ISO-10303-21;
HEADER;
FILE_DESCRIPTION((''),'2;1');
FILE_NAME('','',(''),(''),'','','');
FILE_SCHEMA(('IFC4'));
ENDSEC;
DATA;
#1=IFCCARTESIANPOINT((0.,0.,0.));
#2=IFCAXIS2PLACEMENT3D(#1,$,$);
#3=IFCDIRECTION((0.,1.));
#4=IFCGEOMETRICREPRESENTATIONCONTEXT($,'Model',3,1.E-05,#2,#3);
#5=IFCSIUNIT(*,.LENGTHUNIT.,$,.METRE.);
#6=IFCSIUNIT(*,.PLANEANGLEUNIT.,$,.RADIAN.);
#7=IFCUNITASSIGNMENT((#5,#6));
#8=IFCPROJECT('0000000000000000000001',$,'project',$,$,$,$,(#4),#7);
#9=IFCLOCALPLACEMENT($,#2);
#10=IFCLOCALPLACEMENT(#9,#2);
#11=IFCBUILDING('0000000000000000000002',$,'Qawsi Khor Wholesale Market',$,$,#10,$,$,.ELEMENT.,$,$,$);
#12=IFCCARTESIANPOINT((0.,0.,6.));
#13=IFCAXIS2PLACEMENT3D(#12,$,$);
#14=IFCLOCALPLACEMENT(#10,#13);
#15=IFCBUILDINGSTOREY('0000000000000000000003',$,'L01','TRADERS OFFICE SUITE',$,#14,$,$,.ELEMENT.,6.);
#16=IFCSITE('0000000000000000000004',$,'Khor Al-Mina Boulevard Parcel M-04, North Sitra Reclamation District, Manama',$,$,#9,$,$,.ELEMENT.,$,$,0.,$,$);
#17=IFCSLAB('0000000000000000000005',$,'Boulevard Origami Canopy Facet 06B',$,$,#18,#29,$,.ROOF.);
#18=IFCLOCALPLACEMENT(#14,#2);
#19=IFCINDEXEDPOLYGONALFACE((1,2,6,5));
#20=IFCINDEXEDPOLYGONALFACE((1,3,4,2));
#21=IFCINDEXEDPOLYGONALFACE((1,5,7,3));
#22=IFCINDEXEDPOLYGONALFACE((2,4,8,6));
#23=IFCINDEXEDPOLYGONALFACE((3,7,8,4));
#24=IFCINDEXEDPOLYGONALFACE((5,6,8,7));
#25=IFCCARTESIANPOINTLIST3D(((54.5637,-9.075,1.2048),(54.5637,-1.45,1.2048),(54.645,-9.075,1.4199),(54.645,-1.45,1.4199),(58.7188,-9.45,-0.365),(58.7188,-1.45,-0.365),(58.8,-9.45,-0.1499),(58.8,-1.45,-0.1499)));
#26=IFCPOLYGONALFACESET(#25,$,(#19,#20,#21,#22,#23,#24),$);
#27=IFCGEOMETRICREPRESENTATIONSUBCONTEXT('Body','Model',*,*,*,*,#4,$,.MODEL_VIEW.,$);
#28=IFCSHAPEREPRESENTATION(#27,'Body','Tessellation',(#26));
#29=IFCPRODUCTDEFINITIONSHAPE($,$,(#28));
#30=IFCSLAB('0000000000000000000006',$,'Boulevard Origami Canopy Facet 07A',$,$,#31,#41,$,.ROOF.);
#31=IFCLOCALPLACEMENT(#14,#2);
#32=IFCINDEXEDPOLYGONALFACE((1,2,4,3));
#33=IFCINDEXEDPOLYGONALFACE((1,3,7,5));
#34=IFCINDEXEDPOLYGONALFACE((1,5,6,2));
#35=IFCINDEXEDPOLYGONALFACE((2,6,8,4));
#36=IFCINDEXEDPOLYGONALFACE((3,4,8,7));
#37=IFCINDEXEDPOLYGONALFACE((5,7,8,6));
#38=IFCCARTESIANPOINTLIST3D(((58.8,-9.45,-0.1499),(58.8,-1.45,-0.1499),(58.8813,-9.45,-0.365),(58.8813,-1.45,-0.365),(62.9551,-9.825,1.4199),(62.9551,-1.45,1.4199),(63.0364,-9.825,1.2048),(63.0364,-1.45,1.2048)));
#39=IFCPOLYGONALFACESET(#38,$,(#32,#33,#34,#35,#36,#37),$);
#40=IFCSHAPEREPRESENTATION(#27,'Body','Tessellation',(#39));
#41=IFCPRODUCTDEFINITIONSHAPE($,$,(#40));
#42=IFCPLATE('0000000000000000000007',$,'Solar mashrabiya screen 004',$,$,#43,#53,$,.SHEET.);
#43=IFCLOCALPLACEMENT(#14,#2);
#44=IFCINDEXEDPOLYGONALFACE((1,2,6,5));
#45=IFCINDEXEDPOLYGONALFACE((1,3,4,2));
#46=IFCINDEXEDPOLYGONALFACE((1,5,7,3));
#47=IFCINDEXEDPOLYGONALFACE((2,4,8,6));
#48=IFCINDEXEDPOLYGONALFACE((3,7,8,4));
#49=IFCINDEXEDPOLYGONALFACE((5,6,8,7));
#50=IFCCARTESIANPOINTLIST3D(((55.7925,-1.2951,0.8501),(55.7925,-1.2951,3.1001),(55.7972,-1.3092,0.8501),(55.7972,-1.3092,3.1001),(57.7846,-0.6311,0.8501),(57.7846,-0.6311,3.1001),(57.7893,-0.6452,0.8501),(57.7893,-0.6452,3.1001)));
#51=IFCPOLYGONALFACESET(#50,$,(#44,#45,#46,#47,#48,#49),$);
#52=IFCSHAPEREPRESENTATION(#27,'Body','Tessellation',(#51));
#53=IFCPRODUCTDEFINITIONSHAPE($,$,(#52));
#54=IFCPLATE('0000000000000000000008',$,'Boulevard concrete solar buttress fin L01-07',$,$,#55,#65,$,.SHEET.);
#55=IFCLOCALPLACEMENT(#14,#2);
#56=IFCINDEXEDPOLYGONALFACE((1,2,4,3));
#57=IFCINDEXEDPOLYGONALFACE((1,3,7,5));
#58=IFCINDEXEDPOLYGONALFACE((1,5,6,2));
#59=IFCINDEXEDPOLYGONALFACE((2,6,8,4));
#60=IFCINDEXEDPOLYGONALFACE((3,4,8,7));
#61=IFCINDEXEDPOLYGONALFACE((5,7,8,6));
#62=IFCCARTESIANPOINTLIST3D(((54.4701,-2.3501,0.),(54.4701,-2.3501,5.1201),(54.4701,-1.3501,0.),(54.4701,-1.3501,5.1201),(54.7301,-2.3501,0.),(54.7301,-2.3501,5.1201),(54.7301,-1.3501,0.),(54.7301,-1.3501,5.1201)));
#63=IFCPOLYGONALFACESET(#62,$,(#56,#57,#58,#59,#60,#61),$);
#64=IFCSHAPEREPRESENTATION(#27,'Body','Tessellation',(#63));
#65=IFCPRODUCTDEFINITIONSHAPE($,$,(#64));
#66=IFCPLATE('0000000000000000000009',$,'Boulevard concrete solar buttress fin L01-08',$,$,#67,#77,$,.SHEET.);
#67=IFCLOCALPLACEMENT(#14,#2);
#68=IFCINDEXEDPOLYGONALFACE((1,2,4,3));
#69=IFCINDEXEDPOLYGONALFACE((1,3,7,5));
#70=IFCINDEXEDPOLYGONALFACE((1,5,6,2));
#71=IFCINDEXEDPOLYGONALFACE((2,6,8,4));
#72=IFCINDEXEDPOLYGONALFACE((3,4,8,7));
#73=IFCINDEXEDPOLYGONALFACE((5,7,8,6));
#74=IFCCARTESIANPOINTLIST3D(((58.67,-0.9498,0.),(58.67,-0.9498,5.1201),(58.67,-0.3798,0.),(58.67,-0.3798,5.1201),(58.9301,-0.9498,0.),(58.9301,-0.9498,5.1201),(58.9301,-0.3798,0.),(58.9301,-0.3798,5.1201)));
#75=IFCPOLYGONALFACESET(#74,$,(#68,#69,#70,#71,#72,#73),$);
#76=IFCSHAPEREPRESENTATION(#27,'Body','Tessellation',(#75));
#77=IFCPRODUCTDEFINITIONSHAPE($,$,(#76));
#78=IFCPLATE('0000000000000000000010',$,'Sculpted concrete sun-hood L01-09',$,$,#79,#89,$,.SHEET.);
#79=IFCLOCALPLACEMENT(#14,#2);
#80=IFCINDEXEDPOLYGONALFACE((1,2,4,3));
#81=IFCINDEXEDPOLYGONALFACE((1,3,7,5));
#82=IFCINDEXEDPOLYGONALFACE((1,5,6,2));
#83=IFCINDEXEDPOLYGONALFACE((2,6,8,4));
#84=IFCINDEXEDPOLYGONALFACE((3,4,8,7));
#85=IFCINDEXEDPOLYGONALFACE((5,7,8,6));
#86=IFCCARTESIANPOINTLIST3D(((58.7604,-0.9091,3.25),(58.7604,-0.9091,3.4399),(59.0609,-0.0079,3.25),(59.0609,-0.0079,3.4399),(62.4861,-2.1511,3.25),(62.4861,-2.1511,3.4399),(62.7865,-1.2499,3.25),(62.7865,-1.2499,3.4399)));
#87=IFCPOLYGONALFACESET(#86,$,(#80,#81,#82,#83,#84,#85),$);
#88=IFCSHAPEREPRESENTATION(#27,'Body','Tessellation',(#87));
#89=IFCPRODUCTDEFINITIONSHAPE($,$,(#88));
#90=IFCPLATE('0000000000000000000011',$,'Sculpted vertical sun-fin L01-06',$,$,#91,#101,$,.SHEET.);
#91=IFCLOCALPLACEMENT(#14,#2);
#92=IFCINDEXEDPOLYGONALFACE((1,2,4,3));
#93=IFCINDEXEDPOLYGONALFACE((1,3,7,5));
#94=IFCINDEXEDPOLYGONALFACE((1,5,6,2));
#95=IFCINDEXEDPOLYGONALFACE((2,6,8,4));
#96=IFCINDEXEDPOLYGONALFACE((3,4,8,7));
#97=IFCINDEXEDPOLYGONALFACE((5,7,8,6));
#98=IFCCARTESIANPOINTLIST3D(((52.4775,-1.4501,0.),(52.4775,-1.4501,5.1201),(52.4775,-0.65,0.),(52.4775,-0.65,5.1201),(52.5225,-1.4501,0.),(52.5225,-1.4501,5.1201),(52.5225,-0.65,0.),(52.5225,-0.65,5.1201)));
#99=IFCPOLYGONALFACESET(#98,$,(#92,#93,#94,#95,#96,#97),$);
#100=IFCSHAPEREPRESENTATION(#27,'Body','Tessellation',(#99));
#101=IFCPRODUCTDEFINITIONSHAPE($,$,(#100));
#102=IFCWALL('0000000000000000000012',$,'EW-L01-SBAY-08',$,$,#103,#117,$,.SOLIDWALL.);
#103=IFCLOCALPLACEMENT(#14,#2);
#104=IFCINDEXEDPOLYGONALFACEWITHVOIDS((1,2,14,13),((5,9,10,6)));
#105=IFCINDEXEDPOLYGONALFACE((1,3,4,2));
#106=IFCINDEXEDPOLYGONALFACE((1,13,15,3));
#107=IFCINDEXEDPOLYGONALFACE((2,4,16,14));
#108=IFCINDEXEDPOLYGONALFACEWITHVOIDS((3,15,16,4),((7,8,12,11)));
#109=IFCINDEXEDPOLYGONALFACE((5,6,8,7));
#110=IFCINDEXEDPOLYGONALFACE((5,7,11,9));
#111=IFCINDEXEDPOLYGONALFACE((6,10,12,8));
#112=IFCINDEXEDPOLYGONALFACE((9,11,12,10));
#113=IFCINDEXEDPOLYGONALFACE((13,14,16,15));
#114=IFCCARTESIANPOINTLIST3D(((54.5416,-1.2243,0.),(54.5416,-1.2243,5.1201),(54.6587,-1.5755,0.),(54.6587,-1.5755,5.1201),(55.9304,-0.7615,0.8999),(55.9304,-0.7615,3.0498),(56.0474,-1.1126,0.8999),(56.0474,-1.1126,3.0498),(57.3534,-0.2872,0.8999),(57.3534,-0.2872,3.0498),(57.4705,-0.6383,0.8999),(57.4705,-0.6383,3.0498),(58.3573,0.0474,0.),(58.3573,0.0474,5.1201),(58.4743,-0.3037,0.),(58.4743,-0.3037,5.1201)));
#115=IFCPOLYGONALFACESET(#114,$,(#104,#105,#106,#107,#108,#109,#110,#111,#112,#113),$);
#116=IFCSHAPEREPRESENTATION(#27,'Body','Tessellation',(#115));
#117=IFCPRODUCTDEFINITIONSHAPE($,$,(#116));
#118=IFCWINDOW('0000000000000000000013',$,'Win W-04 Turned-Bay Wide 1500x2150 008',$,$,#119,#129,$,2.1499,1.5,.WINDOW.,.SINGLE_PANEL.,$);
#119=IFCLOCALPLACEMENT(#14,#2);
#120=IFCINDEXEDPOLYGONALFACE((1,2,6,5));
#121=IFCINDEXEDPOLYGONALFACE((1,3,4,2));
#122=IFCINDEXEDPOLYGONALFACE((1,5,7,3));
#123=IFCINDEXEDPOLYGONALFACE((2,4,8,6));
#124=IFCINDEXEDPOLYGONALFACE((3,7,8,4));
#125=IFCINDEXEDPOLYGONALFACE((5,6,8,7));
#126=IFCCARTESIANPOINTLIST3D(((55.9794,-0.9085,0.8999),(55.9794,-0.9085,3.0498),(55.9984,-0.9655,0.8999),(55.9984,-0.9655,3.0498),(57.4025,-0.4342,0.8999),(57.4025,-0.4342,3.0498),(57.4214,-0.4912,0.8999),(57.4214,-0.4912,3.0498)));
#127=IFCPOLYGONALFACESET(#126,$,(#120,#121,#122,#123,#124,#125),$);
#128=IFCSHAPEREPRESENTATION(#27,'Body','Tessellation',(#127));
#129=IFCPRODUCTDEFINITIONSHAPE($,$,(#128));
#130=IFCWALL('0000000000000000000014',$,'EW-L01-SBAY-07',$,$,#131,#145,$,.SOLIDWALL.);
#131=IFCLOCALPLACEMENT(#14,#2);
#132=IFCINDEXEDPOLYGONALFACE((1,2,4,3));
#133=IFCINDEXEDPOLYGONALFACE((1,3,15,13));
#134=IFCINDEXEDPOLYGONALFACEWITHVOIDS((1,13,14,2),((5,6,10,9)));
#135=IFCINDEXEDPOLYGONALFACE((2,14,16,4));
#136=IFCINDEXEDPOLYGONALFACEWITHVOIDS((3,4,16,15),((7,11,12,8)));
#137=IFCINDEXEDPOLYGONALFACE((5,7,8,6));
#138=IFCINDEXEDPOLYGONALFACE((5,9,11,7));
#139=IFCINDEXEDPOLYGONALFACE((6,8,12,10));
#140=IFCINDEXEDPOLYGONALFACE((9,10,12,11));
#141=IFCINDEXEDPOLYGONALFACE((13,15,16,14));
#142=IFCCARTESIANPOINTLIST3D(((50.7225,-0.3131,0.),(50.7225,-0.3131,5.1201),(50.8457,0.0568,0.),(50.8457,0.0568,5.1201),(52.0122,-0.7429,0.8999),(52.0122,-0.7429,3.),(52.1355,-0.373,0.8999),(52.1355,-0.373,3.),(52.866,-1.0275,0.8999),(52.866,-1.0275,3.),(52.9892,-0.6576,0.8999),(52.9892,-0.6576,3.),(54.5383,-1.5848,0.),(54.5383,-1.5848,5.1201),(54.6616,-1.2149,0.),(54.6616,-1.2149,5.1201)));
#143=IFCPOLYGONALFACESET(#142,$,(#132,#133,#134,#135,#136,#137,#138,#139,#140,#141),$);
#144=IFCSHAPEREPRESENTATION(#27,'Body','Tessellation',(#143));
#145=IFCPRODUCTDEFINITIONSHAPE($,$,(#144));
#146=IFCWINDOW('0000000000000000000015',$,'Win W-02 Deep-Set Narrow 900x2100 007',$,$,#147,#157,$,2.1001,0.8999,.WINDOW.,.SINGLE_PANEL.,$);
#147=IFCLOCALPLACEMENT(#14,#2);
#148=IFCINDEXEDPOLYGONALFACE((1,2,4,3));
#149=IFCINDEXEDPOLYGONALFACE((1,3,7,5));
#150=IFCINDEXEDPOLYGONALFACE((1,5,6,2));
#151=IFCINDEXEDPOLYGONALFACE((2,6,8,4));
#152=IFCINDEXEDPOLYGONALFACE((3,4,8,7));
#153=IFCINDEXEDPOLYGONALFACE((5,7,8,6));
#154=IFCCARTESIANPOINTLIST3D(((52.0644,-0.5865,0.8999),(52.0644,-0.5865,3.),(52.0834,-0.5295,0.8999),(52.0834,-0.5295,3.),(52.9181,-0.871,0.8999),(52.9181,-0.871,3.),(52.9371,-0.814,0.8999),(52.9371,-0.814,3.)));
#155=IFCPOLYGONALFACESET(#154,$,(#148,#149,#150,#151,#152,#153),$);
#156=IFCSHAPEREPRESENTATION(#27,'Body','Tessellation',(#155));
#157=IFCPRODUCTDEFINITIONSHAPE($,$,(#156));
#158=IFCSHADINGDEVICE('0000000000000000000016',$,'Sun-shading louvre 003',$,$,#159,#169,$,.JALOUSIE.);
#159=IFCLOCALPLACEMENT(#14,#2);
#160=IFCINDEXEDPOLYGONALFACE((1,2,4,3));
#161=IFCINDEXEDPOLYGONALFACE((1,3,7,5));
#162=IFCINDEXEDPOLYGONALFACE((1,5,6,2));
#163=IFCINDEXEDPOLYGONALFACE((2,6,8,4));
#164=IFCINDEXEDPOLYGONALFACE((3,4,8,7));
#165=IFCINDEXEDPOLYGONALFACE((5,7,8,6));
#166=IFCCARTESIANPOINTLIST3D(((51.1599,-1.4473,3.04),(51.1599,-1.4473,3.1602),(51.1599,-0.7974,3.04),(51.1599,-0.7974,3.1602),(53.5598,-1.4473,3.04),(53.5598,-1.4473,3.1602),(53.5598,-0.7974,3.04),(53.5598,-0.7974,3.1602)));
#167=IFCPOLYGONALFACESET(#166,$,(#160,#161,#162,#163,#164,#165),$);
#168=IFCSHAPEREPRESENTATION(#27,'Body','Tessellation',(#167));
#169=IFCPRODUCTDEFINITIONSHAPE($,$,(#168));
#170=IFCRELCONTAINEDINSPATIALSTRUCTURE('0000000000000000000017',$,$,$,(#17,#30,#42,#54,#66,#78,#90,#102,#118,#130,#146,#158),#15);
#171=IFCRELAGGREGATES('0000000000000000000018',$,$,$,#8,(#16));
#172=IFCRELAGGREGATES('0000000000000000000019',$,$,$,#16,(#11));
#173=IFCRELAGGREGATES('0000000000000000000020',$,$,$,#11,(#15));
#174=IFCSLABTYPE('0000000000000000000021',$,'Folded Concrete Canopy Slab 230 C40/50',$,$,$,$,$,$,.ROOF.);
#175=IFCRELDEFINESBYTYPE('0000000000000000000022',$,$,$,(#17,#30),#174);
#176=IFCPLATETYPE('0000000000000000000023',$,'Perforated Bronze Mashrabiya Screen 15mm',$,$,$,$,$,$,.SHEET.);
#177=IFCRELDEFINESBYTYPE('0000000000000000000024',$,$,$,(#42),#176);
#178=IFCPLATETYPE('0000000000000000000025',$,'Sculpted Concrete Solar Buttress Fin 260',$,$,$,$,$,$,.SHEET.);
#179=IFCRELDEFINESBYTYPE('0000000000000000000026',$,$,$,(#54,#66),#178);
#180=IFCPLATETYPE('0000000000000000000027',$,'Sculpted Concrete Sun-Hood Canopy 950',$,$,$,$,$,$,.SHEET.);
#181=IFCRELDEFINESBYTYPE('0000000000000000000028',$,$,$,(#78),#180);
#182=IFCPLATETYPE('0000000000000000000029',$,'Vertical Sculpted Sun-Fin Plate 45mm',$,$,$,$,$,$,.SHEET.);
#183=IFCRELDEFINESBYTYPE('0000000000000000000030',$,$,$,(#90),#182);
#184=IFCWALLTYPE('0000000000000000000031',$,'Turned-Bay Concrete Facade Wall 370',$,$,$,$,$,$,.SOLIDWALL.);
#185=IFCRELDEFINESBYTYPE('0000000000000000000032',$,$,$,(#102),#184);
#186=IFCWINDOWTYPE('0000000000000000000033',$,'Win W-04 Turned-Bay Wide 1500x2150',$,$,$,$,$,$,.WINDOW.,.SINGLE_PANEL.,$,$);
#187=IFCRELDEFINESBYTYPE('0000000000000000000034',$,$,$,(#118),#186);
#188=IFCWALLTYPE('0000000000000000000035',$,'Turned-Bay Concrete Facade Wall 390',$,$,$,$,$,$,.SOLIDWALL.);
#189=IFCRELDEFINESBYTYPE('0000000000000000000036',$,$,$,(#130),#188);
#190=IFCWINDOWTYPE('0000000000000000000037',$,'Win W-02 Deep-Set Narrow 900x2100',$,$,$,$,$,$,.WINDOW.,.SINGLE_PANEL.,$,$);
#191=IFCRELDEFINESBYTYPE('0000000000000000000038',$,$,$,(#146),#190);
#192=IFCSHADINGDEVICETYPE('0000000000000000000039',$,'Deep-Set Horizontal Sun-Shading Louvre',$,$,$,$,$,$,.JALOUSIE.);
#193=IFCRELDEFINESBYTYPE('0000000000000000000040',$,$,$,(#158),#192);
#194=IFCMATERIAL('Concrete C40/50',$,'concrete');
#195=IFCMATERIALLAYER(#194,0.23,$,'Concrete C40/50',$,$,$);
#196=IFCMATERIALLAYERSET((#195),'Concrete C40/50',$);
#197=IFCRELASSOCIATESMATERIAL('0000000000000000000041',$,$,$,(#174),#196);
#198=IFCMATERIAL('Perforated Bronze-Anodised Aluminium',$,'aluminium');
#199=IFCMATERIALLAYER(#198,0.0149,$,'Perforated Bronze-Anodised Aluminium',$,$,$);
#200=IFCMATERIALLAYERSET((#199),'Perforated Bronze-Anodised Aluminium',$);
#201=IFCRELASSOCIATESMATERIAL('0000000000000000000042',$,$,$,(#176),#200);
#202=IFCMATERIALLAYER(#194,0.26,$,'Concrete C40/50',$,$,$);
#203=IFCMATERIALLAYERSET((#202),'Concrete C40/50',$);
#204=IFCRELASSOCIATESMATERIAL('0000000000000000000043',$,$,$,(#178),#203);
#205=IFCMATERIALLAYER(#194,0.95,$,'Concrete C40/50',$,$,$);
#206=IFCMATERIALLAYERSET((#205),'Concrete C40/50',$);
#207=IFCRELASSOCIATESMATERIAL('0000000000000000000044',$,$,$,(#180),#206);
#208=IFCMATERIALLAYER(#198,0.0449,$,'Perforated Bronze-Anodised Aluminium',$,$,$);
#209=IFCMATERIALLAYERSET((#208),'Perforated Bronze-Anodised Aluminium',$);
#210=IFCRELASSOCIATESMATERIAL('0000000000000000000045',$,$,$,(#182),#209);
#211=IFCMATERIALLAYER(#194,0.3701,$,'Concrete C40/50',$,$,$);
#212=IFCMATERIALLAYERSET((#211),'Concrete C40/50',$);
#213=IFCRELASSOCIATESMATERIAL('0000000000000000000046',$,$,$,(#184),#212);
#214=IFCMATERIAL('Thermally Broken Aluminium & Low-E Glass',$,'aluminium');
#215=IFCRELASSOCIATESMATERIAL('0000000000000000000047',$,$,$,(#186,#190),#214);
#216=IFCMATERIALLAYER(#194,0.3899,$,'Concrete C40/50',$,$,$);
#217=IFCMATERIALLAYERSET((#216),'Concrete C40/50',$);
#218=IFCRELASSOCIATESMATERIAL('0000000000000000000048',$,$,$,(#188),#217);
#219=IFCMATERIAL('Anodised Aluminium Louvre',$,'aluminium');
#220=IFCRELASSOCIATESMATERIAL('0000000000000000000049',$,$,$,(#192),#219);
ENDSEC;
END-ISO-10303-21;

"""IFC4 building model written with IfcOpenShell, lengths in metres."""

from ifc_helpers import new_model, si_unit, direction, frame, frame_2d, origin, origin_2d, place, context, subcontext, project, spatial, polyline, rectangle, outline, extrude, material, layer, layer_set, type_object, element, fill, save


model = new_model("IFC4")

# Units and contexts
model_context = context("Model", 3, precision=1e-05, world=origin(), true_north=direction((0.0, 1.0)))
body_context = subcontext(model_context, "Body", "Model", "MODEL_VIEW")
ifc_project = project(units=[si_unit("LENGTHUNIT", "METRE"), si_unit("PLANEANGLEUNIT", "RADIAN")], contexts=[model_context])

# Site, building, storey
site_placement = place(None, origin())
site = spatial("IfcSite", under=ifc_project, at=site_placement, Name="Khor Al-Mina Boulevard Parcel M-04, North Sitra Reclamation District, Manama", CompositionType="ELEMENT", RefElevation=0.0)
building_placement = place(site_placement, origin())
building = spatial("IfcBuilding", under=site, at=building_placement, Name="Qawsi Khor Wholesale Market", CompositionType="ELEMENT")
storey_placement = place(building_placement, frame((0.0, 0.0, 6.0)))
storey = spatial("IfcBuildingStorey", under=building, at=storey_placement, Name="L01", Description="TRADERS OFFICE SUITE", CompositionType="ELEMENT", Elevation=6.0)

# Shared definitions
ifc_material_1 = material(Name="Concrete C40/50", Category="concrete")

# Slabs
ifc_layer_1 = layer(ifc_material_1, 0.23, Name="Concrete C40/50")
ifc_layer_set_1 = layer_set([ifc_layer_1], Name="Concrete C40/50")
slab_type = type_object("IfcSlabType", Name="Folded Concrete Canopy Slab 230 C40/50", PredefinedType="ROOF", material=ifc_layer_set_1)
slab_1_placement = place(storey_placement, frame((54.645, -9.075, 1.4199), z_axis=(0.353429, 0.0, 0.935461), x_axis=(0.932145, -0.084128, -0.352177)))
element("IfcSlab", 1, at=slab_1_placement, inside=storey, type_object=slab_type, Name="Boulevard Origami Canopy Facet 06B", PredefinedType="ROOF", context=body_context, shape_type="SweptSolid", body=[
    extrude(outline(polyline([(0.0, 0.0), (4.4575, 0.0), (3.7845, 7.9716), (-0.6415, 7.598), (0.0, 0.0)])), origin(), (0.0, 0.0, -1.0), 0.23),
])
slab_2_placement = place(storey_placement, frame((58.8, -9.45, -0.1499), z_axis=(-0.353429, 0.0, 0.935461), x_axis=(0.932145, -0.084128, 0.352177)))
element("IfcSlab", 2, at=slab_2_placement, inside=storey, type_object=slab_type, Name="Boulevard Origami Canopy Facet 07A", PredefinedType="ROOF", context=body_context, shape_type="SweptSolid", body=[
    extrude(outline(polyline([(0.0, 0.0), (4.4575, 0.0), (3.7529, 8.3453), (-0.673, 7.9716), (0.0, 0.0)])), origin(), (0.0, 0.0, -1.0), 0.23),
])

# Plates
ifc_material_2 = material(Name="Perforated Bronze-Anodised Aluminium", Category="aluminium")
ifc_layer_2 = layer(ifc_material_2, 0.0149, Name="Perforated Bronze-Anodised Aluminium")
ifc_layer_set_2 = layer_set([ifc_layer_2], Name="Perforated Bronze-Anodised Aluminium")
plate_type_1 = type_object("IfcPlateType", Name="Perforated Bronze Mashrabiya Screen 15mm", PredefinedType="SHEET", material=ifc_layer_set_2)
plate_1_placement = place(storey_placement, frame((57.7869, -0.6382, 0.8501), z_axis=(0.0, 0.0, 1.0), x_axis=(-0.948683, -0.316228, 0.0)))
element("IfcPlate", 3, at=plate_1_placement, inside=storey, type_object=plate_type_1, Name="Solar mashrabiya screen 004", PredefinedType="SHEET", context=body_context, shape_type="SweptSolid", body=[
    extrude(rectangle(XDim=2.0999, YDim=0.0149, at=frame_2d((1.0498, 0.0))), origin(), (0.0, 0.0, 1.0), 2.25),
])
ifc_layer_3 = layer(ifc_material_1, 0.26, Name="Concrete C40/50")
ifc_layer_set_3 = layer_set([ifc_layer_3], Name="Concrete C40/50")
plate_type_2 = type_object("IfcPlateType", Name="Sculpted Concrete Solar Buttress Fin 260", PredefinedType="SHEET", material=ifc_layer_set_3)
plate_2_placement = place(storey_placement, frame((54.6001, -2.3501, 0.0), z_axis=(0.0, 0.0, 1.0), x_axis=(0.0, 1.0, 0.0)))
element("IfcPlate", 4, at=plate_2_placement, inside=storey, type_object=plate_type_2, Name="Boulevard concrete solar buttress fin L01-07", PredefinedType="SHEET", context=body_context, shape_type="SweptSolid", body=[
    extrude(rectangle(XDim=1.0, YDim=0.26, at=frame_2d((0.5, 0.0))), origin(), (0.0, 0.0, 1.0), 5.1201),
])
plate_3_placement = place(storey_placement, frame((58.8, -0.95, 0.0), z_axis=(0.0, 0.0, 1.0), x_axis=(0.0, 1.0, 0.0)))
element("IfcPlate", 5, at=plate_3_placement, inside=storey, type_object=plate_type_2, Name="Boulevard concrete solar buttress fin L01-08", PredefinedType="SHEET", context=body_context, shape_type="SweptSolid", body=[
    extrude(rectangle(XDim=0.5701, YDim=0.26, at=frame_2d((0.2852, 0.0))), origin(), (0.0, 0.0, 1.0), 5.1201),
])
ifc_layer_4 = layer(ifc_material_1, 0.95, Name="Concrete C40/50")
ifc_layer_set_4 = layer_set([ifc_layer_4], Name="Concrete C40/50")
plate_type_3 = type_object("IfcPlateType", Name="Sculpted Concrete Sun-Hood Canopy 950", PredefinedType="SHEET", material=ifc_layer_set_4)
plate_4_placement = place(storey_placement, frame((58.9106, -0.4585, 3.25), z_axis=(0.0, 0.0, 1.0), x_axis=(0.948677, -0.316246, 0.0)))
element("IfcPlate", 6, at=plate_4_placement, inside=storey, type_object=plate_type_3, Name="Sculpted concrete sun-hood L01-09", PredefinedType="SHEET", context=body_context, shape_type="SweptSolid", body=[
    extrude(rectangle(XDim=3.9272, YDim=0.95, at=frame_2d((1.9636, 0.0))), origin(), (0.0, 0.0, 1.0), 0.1899),
])
ifc_layer_5 = layer(ifc_material_2, 0.0449, Name="Perforated Bronze-Anodised Aluminium")
ifc_layer_set_5 = layer_set([ifc_layer_5], Name="Perforated Bronze-Anodised Aluminium")
plate_type_4 = type_object("IfcPlateType", Name="Vertical Sculpted Sun-Fin Plate 45mm", PredefinedType="SHEET", material=ifc_layer_set_5)
plate_5_placement = place(storey_placement, frame((52.5, -1.45, 0.0), z_axis=(0.0, 0.0, 1.0), x_axis=(0.0, 1.0, 0.0)))
element("IfcPlate", 7, at=plate_5_placement, inside=storey, type_object=plate_type_4, Name="Sculpted vertical sun-fin L01-06", PredefinedType="SHEET", context=body_context, shape_type="SweptSolid", body=[
    extrude(rectangle(XDim=0.8, YDim=0.0449, at=frame_2d((0.3999, 0.0))), origin(), (0.0, 0.0, 1.0), 5.1201),
])

# Walls, openings, windows
ifc_layer_6 = layer(ifc_material_1, 0.3701, Name="Concrete C40/50")
ifc_layer_set_6 = layer_set([ifc_layer_6], Name="Concrete C40/50")
wall_type_1 = type_object("IfcWallType", Name="Turned-Bay Concrete Facade Wall 370", PredefinedType="SOLIDWALL", material=ifc_layer_set_6)
wall_1_placement = place(storey_placement, frame((58.4158, -0.1282, 0.0), z_axis=(0.0, 0.0, 1.0), x_axis=(-0.948695, -0.316191, 0.0)))
wall_1 = element("IfcWall", 8, at=wall_1_placement, inside=storey, type_object=wall_type_1, Name="EW-L01-SBAY-08", PredefinedType="SOLIDWALL", context=body_context, shape_type="SweptSolid", body=[
    extrude(rectangle(XDim=4.022, YDim=0.3701, at=frame_2d((2.011, 0.0))), origin(), (0.0, 0.0, 1.0), 5.1201),
])
opening_1_placement = place(wall_1_placement, frame((1.0581, 0.0, 0.8999)))
opening_1 = element("IfcOpeningElement", 9, at=opening_1_placement, cuts=wall_1, PredefinedType="OPENING", context=body_context, shape_type="SweptSolid", body=[
    extrude(rectangle(XDim=1.5, YDim=2.1499, at=frame_2d((0.75, 1.075))), frame((0.0, 0.1951, 0.0), z_axis=(0.0, -1.0, 0.0), x_axis=(1.0, 0.0, 0.0)), (0.0, 0.0, 1.0), 0.3901),
])
ifc_material_3 = material(Name="Thermally Broken Aluminium & Low-E Glass", Category="aluminium")
window_type_1 = type_object("IfcWindowType", Name="Win W-04 Turned-Bay Wide 1500x2150", PartitioningType="SINGLE_PANEL", PredefinedType="WINDOW", material=ifc_material_3)
window_1_placement = place(opening_1_placement, origin())
window_1 = element("IfcWindow", 10, at=window_1_placement, inside=storey, type_object=window_type_1, Name="Win W-04 Turned-Bay Wide 1500x2150 008", OverallHeight=2.1499, OverallWidth=1.5, PartitioningType="SINGLE_PANEL", PredefinedType="WINDOW", context=body_context, shape_type="SweptSolid", body=[
    extrude(rectangle(XDim=1.5, YDim=2.1499, at=frame_2d((0.75, 1.075))), frame((0.0, 0.03, 0.0), z_axis=(0.0, -1.0, 0.0), x_axis=(1.0, 0.0, 0.0)), (0.0, 0.0, 1.0), 0.0601),
])
fill(opening_1, window_1)
ifc_layer_7 = layer(ifc_material_1, 0.3899, Name="Concrete C40/50")
ifc_layer_set_7 = layer_set([ifc_layer_7], Name="Concrete C40/50")
wall_type_2 = type_object("IfcWallType", Name="Turned-Bay Concrete Facade Wall 390", PredefinedType="SOLIDWALL", material=ifc_layer_set_7)
wall_2_placement = place(storey_placement, frame((54.6001, -1.3999, 0.0), z_axis=(0.0, 0.0, 1.0), x_axis=(-0.948702, 0.316173, 0.0)))
wall_2 = element("IfcWall", 11, at=wall_2_placement, inside=storey, type_object=wall_type_2, Name="EW-L01-SBAY-07", PredefinedType="SOLIDWALL", context=body_context, shape_type="SweptSolid", body=[
    extrude(rectangle(XDim=4.0222, YDim=0.3899, at=frame_2d((2.0112, 0.0))), origin(), (0.0, 0.0, 1.0), 5.1201),
])
opening_2_placement = place(wall_2_placement, frame((1.7629, 0.0, 0.8999)))
opening_2 = element("IfcOpeningElement", 12, at=opening_2_placement, cuts=wall_2, PredefinedType="OPENING", context=body_context, shape_type="SweptSolid", body=[
    extrude(rectangle(XDim=0.8999, YDim=2.1001, at=frame_2d((0.45, 1.05))), frame((0.0, 0.2048, 0.0), z_axis=(0.0, -1.0, 0.0), x_axis=(1.0, 0.0, 0.0)), (0.0, 0.0, 1.0), 0.4099),
])
window_type_2 = type_object("IfcWindowType", Name="Win W-02 Deep-Set Narrow 900x2100", PartitioningType="SINGLE_PANEL", PredefinedType="WINDOW", material=ifc_material_3)
window_2_placement = place(opening_2_placement, origin())
window_2 = element("IfcWindow", 13, at=window_2_placement, inside=storey, type_object=window_type_2, Name="Win W-02 Deep-Set Narrow 900x2100 007", OverallHeight=2.1001, OverallWidth=0.8999, PartitioningType="SINGLE_PANEL", PredefinedType="WINDOW", context=body_context, shape_type="SweptSolid", body=[
    extrude(rectangle(XDim=0.8999, YDim=2.1001, at=frame_2d((0.45, 1.05))), frame((0.0, 0.03, 0.0), z_axis=(0.0, -1.0, 0.0), x_axis=(1.0, 0.0, 0.0)), (0.0, 0.0, 1.0), 0.0601),
])
fill(opening_2, window_2)

# Shading device
ifc_material_4 = material(Name="Anodised Aluminium Louvre", Category="aluminium")
shading_device_type = type_object("IfcShadingDeviceType", Name="Deep-Set Horizontal Sun-Shading Louvre", PredefinedType="JALOUSIE", material=ifc_material_4)
shading_device_placement = place(storey_placement, frame((52.3599, -1.1223, 3.04), z_axis=(0.0, 0.0, 1.0), x_axis=(1.0, 0.0, 0.0)))
element("IfcShadingDevice", 14, at=shading_device_placement, inside=storey, type_object=shading_device_type, Name="Sun-shading louvre 003", PredefinedType="JALOUSIE", context=body_context, shape_type="SweptSolid", body=[
    extrude(rectangle(XDim=2.3999, YDim=0.6499, at=origin_2d()), origin(), (0.0, 0.0, 1.0), 0.1201),
])

save(model, "model.ifc")
